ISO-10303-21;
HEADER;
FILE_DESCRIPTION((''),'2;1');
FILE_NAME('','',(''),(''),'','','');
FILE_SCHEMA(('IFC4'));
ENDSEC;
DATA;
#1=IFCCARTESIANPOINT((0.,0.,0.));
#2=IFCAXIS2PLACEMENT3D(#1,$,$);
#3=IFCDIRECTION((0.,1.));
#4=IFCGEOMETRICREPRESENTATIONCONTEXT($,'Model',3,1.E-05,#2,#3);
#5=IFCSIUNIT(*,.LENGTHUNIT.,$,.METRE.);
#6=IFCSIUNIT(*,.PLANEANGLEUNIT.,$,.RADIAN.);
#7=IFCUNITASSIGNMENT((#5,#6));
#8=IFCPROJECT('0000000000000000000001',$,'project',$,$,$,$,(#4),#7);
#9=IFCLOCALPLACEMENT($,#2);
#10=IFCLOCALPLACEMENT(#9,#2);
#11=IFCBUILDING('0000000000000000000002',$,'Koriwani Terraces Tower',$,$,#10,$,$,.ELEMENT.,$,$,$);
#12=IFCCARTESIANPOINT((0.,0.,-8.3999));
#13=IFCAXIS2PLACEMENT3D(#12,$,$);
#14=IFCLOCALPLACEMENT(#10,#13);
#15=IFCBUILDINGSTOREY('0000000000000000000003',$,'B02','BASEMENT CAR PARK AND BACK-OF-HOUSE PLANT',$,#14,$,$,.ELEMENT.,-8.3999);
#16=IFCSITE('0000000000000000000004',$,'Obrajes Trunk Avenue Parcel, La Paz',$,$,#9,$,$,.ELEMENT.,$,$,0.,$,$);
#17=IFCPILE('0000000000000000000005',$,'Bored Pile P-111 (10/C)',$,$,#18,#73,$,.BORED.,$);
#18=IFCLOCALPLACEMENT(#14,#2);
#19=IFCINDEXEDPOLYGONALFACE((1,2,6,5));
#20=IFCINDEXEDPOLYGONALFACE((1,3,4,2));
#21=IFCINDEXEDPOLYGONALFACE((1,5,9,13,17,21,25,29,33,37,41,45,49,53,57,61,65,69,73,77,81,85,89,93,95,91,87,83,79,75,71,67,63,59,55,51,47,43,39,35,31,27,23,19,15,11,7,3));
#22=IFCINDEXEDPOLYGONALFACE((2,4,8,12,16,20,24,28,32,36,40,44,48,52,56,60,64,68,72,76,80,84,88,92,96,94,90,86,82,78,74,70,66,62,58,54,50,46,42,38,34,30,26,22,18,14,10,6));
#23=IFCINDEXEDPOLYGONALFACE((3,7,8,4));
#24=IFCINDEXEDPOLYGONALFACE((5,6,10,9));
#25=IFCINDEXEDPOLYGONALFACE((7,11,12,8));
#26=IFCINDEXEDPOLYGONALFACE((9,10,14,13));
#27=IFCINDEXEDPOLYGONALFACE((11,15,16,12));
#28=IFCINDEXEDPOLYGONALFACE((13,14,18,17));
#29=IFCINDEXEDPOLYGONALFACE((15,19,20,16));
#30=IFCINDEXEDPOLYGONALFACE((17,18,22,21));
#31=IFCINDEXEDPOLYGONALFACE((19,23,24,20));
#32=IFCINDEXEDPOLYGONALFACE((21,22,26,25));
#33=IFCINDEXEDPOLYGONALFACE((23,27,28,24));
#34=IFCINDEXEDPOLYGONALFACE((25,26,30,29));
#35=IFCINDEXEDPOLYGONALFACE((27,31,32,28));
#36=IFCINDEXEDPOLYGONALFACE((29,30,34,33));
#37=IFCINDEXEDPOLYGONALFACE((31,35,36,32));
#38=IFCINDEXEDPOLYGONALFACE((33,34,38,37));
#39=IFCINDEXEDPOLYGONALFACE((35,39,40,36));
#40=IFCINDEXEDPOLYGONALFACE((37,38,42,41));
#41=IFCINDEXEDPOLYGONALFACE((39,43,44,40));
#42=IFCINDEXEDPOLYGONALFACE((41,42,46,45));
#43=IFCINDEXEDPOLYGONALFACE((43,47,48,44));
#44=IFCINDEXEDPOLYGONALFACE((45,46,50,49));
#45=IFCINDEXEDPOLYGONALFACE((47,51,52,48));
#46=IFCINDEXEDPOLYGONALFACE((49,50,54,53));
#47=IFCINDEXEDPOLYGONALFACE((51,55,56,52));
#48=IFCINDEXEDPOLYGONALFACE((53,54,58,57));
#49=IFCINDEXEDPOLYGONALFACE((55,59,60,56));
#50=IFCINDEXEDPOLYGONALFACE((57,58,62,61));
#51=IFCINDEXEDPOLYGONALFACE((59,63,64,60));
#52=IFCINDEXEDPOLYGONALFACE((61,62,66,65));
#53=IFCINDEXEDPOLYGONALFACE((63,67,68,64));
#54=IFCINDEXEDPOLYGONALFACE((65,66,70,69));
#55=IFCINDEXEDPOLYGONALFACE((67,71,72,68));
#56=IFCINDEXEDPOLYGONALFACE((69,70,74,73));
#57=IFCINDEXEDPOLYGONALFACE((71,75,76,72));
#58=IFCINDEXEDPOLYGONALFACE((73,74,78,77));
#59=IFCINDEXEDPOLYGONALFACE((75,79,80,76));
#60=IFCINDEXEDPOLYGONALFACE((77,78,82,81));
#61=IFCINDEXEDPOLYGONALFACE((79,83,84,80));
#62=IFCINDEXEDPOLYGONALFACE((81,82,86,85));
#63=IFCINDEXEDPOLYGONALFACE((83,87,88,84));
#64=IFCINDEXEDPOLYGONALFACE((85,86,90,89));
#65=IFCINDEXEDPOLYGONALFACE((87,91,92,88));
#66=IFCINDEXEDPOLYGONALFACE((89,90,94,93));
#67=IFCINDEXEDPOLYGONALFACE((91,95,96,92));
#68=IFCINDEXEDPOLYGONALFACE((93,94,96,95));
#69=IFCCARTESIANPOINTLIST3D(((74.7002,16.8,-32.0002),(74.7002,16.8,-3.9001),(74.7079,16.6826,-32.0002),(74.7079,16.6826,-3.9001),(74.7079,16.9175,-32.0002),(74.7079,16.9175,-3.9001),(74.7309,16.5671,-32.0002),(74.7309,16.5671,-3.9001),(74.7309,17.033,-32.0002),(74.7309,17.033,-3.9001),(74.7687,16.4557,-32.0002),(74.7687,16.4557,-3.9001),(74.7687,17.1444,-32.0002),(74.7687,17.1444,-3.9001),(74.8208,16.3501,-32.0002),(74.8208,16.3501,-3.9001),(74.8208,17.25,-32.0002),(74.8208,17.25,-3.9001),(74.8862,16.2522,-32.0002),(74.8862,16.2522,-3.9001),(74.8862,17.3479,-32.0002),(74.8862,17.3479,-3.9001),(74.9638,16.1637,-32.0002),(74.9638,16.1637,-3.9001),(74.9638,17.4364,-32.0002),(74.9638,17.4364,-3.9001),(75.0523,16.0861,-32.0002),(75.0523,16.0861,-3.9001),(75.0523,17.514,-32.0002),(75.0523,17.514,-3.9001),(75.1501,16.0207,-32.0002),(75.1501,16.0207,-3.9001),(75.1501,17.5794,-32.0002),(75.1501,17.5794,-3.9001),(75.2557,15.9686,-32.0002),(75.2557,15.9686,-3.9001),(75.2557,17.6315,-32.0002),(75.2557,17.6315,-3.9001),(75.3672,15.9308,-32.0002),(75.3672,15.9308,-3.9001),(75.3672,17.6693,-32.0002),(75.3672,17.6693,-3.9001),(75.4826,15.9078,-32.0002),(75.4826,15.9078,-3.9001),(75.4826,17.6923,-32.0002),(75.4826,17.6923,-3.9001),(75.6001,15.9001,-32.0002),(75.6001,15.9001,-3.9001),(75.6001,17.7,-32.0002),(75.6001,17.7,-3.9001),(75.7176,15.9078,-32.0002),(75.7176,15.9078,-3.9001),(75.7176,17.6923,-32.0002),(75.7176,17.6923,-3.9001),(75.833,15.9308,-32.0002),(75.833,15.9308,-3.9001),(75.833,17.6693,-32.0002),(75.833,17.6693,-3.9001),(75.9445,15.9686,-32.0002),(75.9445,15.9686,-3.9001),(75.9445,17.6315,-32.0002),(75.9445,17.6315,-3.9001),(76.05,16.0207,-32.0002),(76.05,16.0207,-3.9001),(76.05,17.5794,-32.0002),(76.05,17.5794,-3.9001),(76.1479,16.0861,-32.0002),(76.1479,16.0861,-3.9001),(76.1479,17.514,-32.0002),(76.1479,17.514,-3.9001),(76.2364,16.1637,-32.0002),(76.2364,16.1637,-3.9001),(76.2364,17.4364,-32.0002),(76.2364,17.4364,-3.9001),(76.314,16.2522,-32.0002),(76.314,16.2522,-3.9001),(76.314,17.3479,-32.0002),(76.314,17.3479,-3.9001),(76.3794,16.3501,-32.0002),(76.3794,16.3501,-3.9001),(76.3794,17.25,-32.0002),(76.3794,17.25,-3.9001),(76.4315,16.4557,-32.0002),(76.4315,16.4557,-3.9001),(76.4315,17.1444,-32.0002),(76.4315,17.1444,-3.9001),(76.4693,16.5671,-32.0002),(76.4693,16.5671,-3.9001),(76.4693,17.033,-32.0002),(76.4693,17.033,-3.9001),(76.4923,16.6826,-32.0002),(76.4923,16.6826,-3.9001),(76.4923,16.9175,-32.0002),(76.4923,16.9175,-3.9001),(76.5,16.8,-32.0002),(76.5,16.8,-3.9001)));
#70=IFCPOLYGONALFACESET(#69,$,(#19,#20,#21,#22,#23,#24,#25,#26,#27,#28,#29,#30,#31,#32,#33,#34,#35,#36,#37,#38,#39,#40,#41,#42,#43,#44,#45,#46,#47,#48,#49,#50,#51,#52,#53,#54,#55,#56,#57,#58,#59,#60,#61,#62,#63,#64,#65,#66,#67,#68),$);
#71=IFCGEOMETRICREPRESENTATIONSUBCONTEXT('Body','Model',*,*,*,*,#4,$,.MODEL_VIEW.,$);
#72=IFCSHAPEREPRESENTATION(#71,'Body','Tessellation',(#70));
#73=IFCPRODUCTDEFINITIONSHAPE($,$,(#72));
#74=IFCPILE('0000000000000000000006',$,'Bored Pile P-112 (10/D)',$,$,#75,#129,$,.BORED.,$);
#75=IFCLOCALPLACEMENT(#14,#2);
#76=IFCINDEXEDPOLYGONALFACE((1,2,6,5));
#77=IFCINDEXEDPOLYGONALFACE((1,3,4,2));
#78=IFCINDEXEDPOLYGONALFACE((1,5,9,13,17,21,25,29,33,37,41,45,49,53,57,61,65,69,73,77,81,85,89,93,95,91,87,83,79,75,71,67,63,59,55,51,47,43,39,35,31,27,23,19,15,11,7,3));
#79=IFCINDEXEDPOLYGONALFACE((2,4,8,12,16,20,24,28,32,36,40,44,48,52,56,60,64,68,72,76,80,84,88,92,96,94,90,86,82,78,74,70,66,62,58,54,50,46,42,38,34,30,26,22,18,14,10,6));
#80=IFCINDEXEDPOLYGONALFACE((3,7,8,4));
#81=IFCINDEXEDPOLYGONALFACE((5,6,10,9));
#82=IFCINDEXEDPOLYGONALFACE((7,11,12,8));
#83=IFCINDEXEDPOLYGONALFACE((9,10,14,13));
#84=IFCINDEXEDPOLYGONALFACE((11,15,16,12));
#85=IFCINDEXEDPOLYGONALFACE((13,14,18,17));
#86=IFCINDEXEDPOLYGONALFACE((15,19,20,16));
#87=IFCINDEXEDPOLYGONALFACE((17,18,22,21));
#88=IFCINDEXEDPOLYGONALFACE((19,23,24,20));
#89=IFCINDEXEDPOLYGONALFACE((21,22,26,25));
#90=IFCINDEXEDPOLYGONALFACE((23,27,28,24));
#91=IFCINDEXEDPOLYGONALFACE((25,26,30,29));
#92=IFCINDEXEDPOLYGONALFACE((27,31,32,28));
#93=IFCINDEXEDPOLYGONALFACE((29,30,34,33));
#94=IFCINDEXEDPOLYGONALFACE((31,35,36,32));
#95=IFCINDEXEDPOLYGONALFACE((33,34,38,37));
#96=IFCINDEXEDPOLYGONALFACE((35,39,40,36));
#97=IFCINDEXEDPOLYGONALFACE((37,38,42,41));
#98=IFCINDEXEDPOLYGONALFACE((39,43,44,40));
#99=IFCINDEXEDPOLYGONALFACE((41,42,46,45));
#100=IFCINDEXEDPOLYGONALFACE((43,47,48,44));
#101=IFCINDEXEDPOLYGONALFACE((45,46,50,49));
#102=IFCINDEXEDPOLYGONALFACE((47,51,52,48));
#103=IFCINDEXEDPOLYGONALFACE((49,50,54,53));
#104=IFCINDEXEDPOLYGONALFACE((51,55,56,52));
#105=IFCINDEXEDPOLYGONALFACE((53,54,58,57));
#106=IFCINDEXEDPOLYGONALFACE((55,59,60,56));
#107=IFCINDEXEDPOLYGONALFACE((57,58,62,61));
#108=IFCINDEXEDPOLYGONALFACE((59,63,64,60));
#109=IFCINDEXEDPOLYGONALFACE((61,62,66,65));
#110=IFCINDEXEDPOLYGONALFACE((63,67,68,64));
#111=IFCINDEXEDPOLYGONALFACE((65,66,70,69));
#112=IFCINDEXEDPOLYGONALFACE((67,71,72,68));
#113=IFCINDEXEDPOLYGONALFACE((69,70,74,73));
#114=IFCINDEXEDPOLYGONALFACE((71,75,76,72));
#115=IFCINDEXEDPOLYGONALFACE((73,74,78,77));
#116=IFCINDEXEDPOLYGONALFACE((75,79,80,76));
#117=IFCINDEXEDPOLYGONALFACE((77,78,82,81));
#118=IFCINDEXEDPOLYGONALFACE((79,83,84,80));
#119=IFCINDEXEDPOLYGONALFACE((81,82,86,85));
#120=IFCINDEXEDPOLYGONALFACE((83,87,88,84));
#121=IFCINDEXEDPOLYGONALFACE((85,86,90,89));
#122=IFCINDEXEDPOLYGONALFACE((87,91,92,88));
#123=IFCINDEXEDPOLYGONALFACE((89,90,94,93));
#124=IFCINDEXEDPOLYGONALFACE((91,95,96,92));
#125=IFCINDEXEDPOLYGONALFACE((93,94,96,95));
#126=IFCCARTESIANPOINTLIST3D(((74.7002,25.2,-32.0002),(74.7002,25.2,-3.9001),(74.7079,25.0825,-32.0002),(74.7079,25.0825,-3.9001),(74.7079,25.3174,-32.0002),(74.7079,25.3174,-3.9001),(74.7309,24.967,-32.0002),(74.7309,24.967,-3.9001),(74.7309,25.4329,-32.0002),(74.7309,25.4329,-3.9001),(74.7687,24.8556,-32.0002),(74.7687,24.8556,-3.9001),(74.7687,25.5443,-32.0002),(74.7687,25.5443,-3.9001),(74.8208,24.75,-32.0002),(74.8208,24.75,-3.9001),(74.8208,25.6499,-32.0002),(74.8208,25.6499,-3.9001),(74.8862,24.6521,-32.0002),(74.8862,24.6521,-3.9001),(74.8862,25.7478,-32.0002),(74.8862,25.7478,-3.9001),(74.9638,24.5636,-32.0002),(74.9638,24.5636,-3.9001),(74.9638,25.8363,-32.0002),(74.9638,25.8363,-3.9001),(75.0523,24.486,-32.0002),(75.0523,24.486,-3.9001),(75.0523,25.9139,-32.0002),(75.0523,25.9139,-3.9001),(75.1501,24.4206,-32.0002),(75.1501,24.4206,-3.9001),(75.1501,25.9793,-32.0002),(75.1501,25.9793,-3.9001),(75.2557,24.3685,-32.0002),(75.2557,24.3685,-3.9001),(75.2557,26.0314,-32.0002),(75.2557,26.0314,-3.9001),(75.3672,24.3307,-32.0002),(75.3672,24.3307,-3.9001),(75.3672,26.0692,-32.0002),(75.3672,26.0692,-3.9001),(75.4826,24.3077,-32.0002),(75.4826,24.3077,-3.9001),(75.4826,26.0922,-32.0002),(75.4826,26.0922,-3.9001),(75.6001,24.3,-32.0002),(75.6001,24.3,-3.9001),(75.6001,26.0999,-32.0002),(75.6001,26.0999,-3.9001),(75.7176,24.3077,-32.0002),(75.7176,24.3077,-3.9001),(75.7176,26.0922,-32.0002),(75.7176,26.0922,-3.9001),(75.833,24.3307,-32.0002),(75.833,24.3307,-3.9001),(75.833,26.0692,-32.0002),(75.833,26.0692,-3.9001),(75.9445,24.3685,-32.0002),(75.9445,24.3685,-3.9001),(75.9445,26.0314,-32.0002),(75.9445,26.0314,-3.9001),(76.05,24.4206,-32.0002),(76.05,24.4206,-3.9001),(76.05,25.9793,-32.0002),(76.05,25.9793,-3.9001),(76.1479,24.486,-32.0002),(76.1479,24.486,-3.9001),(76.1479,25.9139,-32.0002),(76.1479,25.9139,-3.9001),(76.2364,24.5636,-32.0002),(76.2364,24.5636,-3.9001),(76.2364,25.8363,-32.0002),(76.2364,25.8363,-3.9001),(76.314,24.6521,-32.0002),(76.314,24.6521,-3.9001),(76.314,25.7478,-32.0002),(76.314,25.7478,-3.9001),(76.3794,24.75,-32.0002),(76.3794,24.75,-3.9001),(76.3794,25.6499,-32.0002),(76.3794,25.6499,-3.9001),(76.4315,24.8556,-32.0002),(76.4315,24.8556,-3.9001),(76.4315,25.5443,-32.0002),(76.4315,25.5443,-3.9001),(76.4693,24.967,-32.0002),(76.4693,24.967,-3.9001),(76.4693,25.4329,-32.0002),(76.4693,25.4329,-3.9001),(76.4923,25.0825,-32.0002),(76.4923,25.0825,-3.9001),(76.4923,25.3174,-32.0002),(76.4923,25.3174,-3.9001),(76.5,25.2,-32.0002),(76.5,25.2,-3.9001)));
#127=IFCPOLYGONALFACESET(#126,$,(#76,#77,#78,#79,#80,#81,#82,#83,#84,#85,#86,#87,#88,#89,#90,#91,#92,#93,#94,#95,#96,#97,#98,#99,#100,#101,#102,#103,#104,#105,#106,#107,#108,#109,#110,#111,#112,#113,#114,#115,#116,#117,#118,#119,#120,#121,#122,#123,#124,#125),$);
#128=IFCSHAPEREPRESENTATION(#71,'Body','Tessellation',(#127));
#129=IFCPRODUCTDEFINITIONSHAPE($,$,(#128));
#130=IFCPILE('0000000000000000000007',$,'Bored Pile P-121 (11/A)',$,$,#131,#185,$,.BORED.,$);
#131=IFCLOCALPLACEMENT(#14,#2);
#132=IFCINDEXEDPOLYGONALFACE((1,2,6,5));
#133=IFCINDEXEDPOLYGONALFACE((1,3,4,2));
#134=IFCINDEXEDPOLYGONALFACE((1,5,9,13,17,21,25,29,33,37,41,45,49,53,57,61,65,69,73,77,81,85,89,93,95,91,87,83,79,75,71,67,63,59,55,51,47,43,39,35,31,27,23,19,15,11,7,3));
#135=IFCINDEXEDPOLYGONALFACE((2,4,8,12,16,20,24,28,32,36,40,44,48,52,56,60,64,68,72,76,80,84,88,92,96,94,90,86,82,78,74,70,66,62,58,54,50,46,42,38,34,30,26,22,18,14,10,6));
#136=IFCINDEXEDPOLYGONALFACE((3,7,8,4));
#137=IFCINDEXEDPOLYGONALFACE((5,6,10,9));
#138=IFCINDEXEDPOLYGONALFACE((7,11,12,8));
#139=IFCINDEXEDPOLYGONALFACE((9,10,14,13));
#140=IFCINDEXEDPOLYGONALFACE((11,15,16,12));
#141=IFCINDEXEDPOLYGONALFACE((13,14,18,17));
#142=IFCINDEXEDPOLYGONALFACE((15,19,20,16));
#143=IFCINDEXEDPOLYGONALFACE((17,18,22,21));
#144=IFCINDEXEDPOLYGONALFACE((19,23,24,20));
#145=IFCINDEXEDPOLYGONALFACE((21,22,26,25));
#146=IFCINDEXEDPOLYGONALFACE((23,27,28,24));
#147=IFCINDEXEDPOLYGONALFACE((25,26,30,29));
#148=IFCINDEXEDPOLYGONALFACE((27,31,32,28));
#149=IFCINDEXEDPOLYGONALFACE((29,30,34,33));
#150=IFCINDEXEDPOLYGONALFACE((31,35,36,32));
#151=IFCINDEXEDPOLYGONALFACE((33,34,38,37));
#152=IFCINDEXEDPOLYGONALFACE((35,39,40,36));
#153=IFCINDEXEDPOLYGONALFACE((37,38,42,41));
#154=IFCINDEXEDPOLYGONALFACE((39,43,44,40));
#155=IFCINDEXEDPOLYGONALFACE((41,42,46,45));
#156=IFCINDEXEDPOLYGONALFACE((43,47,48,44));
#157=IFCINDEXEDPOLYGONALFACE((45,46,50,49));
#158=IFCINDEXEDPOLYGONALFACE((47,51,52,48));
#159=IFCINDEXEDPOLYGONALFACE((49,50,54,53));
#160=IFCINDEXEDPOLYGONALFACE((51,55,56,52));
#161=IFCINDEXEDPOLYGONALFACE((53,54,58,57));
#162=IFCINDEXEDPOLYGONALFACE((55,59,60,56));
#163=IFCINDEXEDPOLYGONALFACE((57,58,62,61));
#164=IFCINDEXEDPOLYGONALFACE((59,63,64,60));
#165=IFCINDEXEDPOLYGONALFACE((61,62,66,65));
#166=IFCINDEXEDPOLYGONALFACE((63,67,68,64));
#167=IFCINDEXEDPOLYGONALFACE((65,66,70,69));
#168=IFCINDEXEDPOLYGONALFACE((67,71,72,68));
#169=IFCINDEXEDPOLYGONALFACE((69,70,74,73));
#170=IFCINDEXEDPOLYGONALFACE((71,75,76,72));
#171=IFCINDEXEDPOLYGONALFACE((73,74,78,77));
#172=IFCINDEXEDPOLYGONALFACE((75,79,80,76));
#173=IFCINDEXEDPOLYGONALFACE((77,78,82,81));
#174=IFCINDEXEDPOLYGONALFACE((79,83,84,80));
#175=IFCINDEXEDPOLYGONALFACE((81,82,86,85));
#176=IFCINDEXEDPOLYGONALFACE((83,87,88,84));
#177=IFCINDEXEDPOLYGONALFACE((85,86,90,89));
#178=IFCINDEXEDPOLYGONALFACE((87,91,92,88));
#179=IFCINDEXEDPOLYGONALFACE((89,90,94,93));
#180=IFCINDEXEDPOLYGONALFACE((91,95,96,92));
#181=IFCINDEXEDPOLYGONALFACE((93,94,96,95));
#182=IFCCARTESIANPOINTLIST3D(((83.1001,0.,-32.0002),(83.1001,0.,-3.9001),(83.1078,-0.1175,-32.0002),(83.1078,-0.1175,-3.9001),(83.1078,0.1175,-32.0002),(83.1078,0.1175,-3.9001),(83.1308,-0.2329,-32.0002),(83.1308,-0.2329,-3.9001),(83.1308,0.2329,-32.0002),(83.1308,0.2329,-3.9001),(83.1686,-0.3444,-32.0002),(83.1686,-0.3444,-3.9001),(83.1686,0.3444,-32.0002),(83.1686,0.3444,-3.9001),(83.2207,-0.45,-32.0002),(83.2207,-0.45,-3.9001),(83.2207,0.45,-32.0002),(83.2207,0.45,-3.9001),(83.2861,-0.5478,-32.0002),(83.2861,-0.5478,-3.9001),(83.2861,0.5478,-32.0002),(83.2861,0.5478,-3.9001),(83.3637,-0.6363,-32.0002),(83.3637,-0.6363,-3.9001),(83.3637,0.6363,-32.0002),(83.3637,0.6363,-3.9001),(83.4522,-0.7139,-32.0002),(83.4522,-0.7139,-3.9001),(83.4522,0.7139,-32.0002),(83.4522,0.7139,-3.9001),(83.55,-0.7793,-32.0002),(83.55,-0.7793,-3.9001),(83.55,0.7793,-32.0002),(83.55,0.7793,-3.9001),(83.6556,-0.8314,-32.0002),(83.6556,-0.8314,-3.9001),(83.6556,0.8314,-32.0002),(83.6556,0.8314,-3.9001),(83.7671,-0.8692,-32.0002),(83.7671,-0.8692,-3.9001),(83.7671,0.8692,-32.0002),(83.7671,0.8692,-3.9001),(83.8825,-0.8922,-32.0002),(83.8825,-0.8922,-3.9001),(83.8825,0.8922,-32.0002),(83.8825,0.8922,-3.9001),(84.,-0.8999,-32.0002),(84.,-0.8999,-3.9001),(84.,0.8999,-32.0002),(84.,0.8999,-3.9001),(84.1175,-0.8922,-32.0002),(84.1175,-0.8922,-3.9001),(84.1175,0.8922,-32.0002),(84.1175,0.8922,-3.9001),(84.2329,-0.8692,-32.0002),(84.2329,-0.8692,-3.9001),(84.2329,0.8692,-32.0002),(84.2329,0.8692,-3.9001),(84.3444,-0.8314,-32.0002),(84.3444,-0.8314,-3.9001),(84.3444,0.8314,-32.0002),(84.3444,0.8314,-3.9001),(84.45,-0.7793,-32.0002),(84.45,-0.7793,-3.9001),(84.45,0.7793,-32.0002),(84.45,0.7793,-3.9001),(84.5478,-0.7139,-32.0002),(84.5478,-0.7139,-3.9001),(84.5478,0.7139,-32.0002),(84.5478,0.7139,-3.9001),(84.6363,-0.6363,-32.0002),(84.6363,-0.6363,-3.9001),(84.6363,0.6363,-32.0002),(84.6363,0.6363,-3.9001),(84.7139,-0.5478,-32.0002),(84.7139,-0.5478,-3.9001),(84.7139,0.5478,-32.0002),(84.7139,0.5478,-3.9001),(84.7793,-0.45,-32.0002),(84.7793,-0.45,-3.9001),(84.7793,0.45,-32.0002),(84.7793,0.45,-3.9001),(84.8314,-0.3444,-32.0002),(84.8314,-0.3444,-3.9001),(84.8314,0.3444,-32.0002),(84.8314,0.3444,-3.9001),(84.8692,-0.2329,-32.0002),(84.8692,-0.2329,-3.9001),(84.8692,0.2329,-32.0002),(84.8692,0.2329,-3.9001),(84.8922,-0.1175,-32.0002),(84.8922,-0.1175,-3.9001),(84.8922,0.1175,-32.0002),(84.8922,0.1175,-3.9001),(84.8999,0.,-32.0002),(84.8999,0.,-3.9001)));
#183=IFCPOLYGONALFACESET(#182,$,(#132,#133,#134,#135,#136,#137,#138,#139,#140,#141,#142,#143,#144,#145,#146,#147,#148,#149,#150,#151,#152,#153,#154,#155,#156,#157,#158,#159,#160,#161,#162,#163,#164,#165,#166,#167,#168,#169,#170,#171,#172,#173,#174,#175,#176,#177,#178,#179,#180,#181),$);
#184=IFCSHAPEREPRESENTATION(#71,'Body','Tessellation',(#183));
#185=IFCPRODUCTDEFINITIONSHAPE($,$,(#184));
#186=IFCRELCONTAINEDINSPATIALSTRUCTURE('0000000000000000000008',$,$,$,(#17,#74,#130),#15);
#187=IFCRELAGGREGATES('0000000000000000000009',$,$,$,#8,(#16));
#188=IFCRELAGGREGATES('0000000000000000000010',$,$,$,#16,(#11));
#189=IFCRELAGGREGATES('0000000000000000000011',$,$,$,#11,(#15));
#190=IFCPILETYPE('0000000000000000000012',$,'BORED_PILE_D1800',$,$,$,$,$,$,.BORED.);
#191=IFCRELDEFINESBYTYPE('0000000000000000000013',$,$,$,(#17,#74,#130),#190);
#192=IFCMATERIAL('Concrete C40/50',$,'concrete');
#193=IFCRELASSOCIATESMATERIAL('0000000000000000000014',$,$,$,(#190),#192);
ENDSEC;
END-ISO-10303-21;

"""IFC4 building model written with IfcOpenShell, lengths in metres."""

from ifc_helpers import new_model, si_unit, direction, frame, origin, origin_2d, place, context, subcontext, project, spatial, circle, extrude, material, material_profile, profile_set, type_object, element, save


model = new_model("IFC4")

# Units and contexts
model_context = context("Model", 3, precision=1e-05, world=origin(), true_north=direction((0.0, 1.0)))
body_context = subcontext(model_context, "Body", "Model", "MODEL_VIEW")
ifc_project = project(units=[si_unit("LENGTHUNIT", "METRE"), si_unit("PLANEANGLEUNIT", "RADIAN")], contexts=[model_context])

# Site, building, storey
site_placement = place(None, origin())
site = spatial("IfcSite", under=ifc_project, at=site_placement, Name="Obrajes Trunk Avenue Parcel, La Paz", CompositionType="ELEMENT", RefElevation=0.0)
building_placement = place(site_placement, origin())
building = spatial("IfcBuilding", under=site, at=building_placement, Name="Koriwani Terraces Tower", CompositionType="ELEMENT")
storey_placement = place(building_placement, frame((0.0, 0.0, -8.3999)))
storey = spatial("IfcBuildingStorey", under=building, at=storey_placement, Name="B02", Description="BASEMENT CAR PARK AND BACK-OF-HOUSE PLANT", CompositionType="ELEMENT", Elevation=-8.3999)

# Piles
ifc_material_1 = material(Name="Concrete C40/50", Category="concrete")
ifc_material_profile_1 = material_profile(ifc_material_1, circle(Radius=0.8999, at=origin_2d()), Name="Concrete C40/50")
ifc_profile_set_1 = profile_set([ifc_material_profile_1], Name="Concrete C40/50")
pile_type_1 = type_object("IfcPileType", Name="BORED_PILE_D1800", PredefinedType="BORED", material=ifc_profile_set_1)
for number, where, z_axis, x_axis, name in (
    (1, (75.6001, 16.8, -3.9001), (0.0, 0.0, -1.0), (1.0, 0.0, 0.0), "Bored Pile P-111 (10/C)"),
    (2, (75.6001, 25.2, -3.9001), (0.0, 0.0, -1.0), (1.0, 0.0, 0.0), "Bored Pile P-112 (10/D)"),
    (3, (84.0, 0.0, -3.9001), (0.0, 0.0, -1.0), (1.0, 0.0, 0.0), "Bored Pile P-121 (11/A)"),
):
    element("IfcPile", number, at=place(storey_placement, frame(where, z_axis=z_axis, x_axis=x_axis)), inside=storey, type_object=pile_type_1, Name=name, PredefinedType="BORED", context=body_context, shape_type="SweptSolid", body=[
        extrude(circle(Radius=0.8999, at=origin_2d()), origin(), (0.0, 0.0, 1.0), 28.1001),
    ])

save(model, "model.ifc")
